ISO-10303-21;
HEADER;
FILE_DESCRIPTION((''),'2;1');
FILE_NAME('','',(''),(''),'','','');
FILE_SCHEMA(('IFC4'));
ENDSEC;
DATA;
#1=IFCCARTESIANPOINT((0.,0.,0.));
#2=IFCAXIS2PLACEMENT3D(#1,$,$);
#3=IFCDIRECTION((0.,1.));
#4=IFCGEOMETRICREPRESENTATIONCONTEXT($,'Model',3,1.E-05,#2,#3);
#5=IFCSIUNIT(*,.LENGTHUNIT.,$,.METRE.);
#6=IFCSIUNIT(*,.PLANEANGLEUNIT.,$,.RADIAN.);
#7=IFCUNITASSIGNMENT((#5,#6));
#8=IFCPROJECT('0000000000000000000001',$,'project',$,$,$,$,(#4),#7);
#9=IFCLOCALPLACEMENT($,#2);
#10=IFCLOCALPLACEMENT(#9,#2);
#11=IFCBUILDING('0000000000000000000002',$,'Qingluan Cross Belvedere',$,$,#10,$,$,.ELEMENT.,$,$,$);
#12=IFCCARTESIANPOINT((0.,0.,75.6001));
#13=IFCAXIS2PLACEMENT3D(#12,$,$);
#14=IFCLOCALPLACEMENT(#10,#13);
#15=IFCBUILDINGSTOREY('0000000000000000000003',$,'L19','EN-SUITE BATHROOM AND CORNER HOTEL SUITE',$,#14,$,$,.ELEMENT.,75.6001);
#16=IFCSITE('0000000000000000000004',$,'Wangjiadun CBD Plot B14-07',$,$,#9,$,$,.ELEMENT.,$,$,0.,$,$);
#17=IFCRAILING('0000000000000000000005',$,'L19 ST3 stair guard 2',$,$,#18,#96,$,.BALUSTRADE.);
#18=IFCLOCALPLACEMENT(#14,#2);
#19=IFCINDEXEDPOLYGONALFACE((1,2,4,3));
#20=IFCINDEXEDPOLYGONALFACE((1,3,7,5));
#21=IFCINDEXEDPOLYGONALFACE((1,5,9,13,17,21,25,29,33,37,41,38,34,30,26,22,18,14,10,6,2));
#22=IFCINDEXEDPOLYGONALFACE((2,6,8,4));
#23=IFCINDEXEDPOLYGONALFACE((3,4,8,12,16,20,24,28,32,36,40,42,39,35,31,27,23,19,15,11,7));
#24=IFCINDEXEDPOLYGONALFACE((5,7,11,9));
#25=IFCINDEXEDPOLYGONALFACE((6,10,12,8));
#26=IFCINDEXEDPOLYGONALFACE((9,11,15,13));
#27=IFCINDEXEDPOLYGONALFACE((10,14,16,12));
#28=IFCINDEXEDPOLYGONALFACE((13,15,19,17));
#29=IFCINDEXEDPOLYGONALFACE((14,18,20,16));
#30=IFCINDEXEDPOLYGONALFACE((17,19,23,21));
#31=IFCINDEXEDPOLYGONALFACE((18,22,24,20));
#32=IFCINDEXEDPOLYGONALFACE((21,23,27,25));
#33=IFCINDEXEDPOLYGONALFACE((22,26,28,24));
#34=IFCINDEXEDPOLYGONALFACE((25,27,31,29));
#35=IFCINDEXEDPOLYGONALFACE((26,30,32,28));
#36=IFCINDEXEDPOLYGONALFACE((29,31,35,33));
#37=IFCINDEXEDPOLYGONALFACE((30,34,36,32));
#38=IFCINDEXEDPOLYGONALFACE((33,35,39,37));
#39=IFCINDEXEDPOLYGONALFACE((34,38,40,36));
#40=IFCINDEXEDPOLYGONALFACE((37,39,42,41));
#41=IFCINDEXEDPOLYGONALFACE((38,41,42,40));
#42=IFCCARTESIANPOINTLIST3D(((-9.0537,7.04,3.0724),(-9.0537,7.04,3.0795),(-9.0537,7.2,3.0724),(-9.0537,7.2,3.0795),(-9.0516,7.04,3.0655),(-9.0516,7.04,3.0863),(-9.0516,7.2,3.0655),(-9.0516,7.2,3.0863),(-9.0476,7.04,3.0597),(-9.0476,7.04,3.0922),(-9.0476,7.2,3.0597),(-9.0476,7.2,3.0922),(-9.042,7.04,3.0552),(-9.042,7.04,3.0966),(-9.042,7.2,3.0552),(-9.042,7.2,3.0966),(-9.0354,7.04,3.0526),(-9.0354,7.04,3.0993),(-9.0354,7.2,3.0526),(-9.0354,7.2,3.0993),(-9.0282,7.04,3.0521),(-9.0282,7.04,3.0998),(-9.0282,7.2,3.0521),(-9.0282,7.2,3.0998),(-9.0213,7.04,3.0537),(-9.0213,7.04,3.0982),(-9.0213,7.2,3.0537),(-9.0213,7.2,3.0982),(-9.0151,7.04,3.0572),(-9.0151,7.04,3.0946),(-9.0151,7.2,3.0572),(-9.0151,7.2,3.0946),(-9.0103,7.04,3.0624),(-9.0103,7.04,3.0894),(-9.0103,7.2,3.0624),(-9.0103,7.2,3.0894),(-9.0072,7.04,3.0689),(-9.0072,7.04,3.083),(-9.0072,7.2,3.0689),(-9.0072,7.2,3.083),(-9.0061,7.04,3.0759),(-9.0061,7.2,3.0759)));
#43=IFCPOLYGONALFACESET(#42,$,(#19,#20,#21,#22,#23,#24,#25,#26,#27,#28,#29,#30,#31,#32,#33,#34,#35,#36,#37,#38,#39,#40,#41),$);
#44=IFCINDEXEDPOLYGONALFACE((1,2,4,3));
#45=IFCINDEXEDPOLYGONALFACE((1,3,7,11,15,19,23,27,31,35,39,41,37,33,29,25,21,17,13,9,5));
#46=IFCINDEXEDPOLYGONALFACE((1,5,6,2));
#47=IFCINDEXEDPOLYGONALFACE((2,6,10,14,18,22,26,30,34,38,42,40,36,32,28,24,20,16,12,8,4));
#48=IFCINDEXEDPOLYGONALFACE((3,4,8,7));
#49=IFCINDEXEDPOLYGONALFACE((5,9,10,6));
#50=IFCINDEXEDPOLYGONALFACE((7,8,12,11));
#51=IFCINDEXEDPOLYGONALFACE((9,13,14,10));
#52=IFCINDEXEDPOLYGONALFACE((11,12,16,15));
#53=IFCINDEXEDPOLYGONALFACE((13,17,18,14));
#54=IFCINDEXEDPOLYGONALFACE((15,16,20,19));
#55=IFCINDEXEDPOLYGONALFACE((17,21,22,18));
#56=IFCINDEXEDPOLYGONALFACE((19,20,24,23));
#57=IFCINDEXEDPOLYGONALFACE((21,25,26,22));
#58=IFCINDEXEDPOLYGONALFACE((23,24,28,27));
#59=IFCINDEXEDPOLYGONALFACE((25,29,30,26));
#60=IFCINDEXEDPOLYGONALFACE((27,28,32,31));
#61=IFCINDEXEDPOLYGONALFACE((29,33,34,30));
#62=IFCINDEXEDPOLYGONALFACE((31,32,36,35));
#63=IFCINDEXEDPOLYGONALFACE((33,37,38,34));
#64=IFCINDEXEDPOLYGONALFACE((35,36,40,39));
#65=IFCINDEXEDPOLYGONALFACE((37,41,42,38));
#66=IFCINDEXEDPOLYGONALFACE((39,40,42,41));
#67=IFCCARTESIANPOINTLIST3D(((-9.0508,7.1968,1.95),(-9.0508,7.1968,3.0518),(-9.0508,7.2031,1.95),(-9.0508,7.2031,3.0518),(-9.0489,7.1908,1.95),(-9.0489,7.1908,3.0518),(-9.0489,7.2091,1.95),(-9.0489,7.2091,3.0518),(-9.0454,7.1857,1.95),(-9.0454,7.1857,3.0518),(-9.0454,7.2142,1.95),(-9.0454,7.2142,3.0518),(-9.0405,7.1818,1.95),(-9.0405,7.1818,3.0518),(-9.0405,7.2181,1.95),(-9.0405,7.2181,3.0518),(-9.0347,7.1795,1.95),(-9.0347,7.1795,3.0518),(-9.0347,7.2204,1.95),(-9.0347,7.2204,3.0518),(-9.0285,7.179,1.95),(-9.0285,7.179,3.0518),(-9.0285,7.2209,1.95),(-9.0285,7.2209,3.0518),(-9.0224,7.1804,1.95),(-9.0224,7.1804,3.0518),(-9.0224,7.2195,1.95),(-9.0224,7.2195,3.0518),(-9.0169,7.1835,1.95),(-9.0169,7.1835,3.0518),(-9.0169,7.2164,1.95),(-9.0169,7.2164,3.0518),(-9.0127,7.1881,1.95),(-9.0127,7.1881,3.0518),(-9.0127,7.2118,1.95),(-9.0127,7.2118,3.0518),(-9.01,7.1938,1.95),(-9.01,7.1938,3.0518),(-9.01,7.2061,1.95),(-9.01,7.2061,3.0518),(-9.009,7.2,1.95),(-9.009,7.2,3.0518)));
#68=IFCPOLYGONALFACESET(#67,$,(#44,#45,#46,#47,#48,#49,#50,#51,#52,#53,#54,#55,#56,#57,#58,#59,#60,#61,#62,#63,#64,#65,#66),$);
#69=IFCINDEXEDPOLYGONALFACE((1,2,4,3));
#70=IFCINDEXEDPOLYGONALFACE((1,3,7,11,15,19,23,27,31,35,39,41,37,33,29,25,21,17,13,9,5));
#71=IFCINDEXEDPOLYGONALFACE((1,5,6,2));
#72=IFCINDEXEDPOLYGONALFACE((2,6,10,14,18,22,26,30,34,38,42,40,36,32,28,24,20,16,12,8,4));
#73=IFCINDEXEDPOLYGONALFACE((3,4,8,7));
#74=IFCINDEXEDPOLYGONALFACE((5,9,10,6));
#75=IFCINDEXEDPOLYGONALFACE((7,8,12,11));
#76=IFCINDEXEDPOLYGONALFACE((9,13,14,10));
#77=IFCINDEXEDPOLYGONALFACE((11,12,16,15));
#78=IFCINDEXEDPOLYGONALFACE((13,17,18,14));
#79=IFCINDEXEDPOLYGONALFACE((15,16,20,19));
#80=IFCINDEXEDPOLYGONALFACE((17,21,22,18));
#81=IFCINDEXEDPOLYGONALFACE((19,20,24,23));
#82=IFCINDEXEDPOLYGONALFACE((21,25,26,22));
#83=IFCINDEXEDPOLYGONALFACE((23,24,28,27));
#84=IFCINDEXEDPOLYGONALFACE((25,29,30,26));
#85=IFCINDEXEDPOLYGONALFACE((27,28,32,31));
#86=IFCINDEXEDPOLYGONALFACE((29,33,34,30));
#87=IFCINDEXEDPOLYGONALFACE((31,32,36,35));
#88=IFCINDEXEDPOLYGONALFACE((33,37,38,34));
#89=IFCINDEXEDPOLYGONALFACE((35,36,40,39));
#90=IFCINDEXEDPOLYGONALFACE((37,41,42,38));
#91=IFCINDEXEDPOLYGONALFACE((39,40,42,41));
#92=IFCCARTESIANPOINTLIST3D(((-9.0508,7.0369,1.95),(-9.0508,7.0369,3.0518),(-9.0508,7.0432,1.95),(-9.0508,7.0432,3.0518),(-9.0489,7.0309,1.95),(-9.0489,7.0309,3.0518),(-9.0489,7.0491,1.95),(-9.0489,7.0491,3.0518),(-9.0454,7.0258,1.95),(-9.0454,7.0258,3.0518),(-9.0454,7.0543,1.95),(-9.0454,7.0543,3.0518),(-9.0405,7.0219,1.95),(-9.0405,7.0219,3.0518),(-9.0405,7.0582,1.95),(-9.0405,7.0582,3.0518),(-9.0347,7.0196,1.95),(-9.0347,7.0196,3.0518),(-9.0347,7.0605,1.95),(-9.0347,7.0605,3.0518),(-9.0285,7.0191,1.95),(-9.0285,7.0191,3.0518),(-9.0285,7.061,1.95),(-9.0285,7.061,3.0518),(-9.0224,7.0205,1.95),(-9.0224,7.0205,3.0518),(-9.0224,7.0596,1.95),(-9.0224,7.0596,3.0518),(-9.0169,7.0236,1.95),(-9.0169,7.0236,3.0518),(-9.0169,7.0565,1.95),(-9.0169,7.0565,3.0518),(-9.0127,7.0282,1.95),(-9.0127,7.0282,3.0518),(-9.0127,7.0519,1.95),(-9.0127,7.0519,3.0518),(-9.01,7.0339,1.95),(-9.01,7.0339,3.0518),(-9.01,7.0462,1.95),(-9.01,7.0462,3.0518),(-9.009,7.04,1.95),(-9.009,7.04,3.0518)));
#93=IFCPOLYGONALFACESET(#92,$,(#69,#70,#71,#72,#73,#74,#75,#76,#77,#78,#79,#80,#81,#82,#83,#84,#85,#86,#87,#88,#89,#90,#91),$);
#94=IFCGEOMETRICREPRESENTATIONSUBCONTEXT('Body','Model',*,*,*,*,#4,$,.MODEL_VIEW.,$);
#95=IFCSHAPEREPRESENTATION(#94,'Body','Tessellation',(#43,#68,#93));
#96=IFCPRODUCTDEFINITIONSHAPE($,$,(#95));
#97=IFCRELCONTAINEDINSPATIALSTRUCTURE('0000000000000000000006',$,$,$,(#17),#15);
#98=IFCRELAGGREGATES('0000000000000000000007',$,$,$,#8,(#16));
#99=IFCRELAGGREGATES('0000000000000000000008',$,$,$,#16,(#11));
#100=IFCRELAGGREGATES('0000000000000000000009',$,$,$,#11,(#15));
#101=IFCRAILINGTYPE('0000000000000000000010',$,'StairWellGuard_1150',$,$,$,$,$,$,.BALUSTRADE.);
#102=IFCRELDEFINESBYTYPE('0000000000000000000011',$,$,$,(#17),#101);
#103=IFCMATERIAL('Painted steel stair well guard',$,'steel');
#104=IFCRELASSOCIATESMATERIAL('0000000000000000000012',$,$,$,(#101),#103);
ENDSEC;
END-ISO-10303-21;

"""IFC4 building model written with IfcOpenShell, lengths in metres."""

from ifc_helpers import new_model, si_unit, direction, frame, origin, origin_2d, place, context, subcontext, project, spatial, circle, extrude, material, type_object, element, save


model = new_model("IFC4")

# Units and contexts
model_context = context("Model", 3, precision=1e-05, world=origin(), true_north=direction((0.0, 1.0)))
body_context = subcontext(model_context, "Body", "Model", "MODEL_VIEW")
ifc_project = project(units=[si_unit("LENGTHUNIT", "METRE"), si_unit("PLANEANGLEUNIT", "RADIAN")], contexts=[model_context])

# Site, building, storey
site_placement = place(None, origin())
site = spatial("IfcSite", under=ifc_project, at=site_placement, Name="Wangjiadun CBD Plot B14-07", CompositionType="ELEMENT", RefElevation=0.0)
building_placement = place(site_placement, origin())
building = spatial("IfcBuilding", under=site, at=building_placement, Name="Qingluan Cross Belvedere", CompositionType="ELEMENT")
storey_placement = place(building_placement, frame((0.0, 0.0, 75.6001)))
storey = spatial("IfcBuildingStorey", under=building, at=storey_placement, Name="L19", Description="EN-SUITE BATHROOM AND CORNER HOTEL SUITE", CompositionType="ELEMENT", Elevation=75.6001)

# Railing
ifc_material_1 = material(Name="Painted steel stair well guard", Category="steel")
railing_type_1 = type_object("IfcRailingType", Name="StairWellGuard_1150", PredefinedType="BALUSTRADE", material=ifc_material_1)
railing_1_placement = place(storey_placement, frame((-9.03, 7.2, 1.95)))
element("IfcRailing", 1, at=railing_1_placement, inside=storey, type_object=railing_type_1, Name="L19 ST3 stair guard 2", PredefinedType="BALUSTRADE", context=body_context, shape_type="SweptSolid", body=[
    extrude(circle(Radius=0.0239, at=origin_2d()), frame((0.0, 0.0, 1.126), z_axis=(0.0, -1.0, 0.0), x_axis=(1.0, 0.0, 0.0)), (0.0, 0.0, 1.0), 0.1599),
    extrude(circle(Radius=0.021, at=origin_2d()), origin(), (0.0, 0.0, 1.0), 1.1018),
    extrude(circle(Radius=0.021, at=origin_2d()), frame((0.0, -0.1599, 0.0)), (0.0, 0.0, 1.0), 1.1018),
])

save(model, "model.ifc")
